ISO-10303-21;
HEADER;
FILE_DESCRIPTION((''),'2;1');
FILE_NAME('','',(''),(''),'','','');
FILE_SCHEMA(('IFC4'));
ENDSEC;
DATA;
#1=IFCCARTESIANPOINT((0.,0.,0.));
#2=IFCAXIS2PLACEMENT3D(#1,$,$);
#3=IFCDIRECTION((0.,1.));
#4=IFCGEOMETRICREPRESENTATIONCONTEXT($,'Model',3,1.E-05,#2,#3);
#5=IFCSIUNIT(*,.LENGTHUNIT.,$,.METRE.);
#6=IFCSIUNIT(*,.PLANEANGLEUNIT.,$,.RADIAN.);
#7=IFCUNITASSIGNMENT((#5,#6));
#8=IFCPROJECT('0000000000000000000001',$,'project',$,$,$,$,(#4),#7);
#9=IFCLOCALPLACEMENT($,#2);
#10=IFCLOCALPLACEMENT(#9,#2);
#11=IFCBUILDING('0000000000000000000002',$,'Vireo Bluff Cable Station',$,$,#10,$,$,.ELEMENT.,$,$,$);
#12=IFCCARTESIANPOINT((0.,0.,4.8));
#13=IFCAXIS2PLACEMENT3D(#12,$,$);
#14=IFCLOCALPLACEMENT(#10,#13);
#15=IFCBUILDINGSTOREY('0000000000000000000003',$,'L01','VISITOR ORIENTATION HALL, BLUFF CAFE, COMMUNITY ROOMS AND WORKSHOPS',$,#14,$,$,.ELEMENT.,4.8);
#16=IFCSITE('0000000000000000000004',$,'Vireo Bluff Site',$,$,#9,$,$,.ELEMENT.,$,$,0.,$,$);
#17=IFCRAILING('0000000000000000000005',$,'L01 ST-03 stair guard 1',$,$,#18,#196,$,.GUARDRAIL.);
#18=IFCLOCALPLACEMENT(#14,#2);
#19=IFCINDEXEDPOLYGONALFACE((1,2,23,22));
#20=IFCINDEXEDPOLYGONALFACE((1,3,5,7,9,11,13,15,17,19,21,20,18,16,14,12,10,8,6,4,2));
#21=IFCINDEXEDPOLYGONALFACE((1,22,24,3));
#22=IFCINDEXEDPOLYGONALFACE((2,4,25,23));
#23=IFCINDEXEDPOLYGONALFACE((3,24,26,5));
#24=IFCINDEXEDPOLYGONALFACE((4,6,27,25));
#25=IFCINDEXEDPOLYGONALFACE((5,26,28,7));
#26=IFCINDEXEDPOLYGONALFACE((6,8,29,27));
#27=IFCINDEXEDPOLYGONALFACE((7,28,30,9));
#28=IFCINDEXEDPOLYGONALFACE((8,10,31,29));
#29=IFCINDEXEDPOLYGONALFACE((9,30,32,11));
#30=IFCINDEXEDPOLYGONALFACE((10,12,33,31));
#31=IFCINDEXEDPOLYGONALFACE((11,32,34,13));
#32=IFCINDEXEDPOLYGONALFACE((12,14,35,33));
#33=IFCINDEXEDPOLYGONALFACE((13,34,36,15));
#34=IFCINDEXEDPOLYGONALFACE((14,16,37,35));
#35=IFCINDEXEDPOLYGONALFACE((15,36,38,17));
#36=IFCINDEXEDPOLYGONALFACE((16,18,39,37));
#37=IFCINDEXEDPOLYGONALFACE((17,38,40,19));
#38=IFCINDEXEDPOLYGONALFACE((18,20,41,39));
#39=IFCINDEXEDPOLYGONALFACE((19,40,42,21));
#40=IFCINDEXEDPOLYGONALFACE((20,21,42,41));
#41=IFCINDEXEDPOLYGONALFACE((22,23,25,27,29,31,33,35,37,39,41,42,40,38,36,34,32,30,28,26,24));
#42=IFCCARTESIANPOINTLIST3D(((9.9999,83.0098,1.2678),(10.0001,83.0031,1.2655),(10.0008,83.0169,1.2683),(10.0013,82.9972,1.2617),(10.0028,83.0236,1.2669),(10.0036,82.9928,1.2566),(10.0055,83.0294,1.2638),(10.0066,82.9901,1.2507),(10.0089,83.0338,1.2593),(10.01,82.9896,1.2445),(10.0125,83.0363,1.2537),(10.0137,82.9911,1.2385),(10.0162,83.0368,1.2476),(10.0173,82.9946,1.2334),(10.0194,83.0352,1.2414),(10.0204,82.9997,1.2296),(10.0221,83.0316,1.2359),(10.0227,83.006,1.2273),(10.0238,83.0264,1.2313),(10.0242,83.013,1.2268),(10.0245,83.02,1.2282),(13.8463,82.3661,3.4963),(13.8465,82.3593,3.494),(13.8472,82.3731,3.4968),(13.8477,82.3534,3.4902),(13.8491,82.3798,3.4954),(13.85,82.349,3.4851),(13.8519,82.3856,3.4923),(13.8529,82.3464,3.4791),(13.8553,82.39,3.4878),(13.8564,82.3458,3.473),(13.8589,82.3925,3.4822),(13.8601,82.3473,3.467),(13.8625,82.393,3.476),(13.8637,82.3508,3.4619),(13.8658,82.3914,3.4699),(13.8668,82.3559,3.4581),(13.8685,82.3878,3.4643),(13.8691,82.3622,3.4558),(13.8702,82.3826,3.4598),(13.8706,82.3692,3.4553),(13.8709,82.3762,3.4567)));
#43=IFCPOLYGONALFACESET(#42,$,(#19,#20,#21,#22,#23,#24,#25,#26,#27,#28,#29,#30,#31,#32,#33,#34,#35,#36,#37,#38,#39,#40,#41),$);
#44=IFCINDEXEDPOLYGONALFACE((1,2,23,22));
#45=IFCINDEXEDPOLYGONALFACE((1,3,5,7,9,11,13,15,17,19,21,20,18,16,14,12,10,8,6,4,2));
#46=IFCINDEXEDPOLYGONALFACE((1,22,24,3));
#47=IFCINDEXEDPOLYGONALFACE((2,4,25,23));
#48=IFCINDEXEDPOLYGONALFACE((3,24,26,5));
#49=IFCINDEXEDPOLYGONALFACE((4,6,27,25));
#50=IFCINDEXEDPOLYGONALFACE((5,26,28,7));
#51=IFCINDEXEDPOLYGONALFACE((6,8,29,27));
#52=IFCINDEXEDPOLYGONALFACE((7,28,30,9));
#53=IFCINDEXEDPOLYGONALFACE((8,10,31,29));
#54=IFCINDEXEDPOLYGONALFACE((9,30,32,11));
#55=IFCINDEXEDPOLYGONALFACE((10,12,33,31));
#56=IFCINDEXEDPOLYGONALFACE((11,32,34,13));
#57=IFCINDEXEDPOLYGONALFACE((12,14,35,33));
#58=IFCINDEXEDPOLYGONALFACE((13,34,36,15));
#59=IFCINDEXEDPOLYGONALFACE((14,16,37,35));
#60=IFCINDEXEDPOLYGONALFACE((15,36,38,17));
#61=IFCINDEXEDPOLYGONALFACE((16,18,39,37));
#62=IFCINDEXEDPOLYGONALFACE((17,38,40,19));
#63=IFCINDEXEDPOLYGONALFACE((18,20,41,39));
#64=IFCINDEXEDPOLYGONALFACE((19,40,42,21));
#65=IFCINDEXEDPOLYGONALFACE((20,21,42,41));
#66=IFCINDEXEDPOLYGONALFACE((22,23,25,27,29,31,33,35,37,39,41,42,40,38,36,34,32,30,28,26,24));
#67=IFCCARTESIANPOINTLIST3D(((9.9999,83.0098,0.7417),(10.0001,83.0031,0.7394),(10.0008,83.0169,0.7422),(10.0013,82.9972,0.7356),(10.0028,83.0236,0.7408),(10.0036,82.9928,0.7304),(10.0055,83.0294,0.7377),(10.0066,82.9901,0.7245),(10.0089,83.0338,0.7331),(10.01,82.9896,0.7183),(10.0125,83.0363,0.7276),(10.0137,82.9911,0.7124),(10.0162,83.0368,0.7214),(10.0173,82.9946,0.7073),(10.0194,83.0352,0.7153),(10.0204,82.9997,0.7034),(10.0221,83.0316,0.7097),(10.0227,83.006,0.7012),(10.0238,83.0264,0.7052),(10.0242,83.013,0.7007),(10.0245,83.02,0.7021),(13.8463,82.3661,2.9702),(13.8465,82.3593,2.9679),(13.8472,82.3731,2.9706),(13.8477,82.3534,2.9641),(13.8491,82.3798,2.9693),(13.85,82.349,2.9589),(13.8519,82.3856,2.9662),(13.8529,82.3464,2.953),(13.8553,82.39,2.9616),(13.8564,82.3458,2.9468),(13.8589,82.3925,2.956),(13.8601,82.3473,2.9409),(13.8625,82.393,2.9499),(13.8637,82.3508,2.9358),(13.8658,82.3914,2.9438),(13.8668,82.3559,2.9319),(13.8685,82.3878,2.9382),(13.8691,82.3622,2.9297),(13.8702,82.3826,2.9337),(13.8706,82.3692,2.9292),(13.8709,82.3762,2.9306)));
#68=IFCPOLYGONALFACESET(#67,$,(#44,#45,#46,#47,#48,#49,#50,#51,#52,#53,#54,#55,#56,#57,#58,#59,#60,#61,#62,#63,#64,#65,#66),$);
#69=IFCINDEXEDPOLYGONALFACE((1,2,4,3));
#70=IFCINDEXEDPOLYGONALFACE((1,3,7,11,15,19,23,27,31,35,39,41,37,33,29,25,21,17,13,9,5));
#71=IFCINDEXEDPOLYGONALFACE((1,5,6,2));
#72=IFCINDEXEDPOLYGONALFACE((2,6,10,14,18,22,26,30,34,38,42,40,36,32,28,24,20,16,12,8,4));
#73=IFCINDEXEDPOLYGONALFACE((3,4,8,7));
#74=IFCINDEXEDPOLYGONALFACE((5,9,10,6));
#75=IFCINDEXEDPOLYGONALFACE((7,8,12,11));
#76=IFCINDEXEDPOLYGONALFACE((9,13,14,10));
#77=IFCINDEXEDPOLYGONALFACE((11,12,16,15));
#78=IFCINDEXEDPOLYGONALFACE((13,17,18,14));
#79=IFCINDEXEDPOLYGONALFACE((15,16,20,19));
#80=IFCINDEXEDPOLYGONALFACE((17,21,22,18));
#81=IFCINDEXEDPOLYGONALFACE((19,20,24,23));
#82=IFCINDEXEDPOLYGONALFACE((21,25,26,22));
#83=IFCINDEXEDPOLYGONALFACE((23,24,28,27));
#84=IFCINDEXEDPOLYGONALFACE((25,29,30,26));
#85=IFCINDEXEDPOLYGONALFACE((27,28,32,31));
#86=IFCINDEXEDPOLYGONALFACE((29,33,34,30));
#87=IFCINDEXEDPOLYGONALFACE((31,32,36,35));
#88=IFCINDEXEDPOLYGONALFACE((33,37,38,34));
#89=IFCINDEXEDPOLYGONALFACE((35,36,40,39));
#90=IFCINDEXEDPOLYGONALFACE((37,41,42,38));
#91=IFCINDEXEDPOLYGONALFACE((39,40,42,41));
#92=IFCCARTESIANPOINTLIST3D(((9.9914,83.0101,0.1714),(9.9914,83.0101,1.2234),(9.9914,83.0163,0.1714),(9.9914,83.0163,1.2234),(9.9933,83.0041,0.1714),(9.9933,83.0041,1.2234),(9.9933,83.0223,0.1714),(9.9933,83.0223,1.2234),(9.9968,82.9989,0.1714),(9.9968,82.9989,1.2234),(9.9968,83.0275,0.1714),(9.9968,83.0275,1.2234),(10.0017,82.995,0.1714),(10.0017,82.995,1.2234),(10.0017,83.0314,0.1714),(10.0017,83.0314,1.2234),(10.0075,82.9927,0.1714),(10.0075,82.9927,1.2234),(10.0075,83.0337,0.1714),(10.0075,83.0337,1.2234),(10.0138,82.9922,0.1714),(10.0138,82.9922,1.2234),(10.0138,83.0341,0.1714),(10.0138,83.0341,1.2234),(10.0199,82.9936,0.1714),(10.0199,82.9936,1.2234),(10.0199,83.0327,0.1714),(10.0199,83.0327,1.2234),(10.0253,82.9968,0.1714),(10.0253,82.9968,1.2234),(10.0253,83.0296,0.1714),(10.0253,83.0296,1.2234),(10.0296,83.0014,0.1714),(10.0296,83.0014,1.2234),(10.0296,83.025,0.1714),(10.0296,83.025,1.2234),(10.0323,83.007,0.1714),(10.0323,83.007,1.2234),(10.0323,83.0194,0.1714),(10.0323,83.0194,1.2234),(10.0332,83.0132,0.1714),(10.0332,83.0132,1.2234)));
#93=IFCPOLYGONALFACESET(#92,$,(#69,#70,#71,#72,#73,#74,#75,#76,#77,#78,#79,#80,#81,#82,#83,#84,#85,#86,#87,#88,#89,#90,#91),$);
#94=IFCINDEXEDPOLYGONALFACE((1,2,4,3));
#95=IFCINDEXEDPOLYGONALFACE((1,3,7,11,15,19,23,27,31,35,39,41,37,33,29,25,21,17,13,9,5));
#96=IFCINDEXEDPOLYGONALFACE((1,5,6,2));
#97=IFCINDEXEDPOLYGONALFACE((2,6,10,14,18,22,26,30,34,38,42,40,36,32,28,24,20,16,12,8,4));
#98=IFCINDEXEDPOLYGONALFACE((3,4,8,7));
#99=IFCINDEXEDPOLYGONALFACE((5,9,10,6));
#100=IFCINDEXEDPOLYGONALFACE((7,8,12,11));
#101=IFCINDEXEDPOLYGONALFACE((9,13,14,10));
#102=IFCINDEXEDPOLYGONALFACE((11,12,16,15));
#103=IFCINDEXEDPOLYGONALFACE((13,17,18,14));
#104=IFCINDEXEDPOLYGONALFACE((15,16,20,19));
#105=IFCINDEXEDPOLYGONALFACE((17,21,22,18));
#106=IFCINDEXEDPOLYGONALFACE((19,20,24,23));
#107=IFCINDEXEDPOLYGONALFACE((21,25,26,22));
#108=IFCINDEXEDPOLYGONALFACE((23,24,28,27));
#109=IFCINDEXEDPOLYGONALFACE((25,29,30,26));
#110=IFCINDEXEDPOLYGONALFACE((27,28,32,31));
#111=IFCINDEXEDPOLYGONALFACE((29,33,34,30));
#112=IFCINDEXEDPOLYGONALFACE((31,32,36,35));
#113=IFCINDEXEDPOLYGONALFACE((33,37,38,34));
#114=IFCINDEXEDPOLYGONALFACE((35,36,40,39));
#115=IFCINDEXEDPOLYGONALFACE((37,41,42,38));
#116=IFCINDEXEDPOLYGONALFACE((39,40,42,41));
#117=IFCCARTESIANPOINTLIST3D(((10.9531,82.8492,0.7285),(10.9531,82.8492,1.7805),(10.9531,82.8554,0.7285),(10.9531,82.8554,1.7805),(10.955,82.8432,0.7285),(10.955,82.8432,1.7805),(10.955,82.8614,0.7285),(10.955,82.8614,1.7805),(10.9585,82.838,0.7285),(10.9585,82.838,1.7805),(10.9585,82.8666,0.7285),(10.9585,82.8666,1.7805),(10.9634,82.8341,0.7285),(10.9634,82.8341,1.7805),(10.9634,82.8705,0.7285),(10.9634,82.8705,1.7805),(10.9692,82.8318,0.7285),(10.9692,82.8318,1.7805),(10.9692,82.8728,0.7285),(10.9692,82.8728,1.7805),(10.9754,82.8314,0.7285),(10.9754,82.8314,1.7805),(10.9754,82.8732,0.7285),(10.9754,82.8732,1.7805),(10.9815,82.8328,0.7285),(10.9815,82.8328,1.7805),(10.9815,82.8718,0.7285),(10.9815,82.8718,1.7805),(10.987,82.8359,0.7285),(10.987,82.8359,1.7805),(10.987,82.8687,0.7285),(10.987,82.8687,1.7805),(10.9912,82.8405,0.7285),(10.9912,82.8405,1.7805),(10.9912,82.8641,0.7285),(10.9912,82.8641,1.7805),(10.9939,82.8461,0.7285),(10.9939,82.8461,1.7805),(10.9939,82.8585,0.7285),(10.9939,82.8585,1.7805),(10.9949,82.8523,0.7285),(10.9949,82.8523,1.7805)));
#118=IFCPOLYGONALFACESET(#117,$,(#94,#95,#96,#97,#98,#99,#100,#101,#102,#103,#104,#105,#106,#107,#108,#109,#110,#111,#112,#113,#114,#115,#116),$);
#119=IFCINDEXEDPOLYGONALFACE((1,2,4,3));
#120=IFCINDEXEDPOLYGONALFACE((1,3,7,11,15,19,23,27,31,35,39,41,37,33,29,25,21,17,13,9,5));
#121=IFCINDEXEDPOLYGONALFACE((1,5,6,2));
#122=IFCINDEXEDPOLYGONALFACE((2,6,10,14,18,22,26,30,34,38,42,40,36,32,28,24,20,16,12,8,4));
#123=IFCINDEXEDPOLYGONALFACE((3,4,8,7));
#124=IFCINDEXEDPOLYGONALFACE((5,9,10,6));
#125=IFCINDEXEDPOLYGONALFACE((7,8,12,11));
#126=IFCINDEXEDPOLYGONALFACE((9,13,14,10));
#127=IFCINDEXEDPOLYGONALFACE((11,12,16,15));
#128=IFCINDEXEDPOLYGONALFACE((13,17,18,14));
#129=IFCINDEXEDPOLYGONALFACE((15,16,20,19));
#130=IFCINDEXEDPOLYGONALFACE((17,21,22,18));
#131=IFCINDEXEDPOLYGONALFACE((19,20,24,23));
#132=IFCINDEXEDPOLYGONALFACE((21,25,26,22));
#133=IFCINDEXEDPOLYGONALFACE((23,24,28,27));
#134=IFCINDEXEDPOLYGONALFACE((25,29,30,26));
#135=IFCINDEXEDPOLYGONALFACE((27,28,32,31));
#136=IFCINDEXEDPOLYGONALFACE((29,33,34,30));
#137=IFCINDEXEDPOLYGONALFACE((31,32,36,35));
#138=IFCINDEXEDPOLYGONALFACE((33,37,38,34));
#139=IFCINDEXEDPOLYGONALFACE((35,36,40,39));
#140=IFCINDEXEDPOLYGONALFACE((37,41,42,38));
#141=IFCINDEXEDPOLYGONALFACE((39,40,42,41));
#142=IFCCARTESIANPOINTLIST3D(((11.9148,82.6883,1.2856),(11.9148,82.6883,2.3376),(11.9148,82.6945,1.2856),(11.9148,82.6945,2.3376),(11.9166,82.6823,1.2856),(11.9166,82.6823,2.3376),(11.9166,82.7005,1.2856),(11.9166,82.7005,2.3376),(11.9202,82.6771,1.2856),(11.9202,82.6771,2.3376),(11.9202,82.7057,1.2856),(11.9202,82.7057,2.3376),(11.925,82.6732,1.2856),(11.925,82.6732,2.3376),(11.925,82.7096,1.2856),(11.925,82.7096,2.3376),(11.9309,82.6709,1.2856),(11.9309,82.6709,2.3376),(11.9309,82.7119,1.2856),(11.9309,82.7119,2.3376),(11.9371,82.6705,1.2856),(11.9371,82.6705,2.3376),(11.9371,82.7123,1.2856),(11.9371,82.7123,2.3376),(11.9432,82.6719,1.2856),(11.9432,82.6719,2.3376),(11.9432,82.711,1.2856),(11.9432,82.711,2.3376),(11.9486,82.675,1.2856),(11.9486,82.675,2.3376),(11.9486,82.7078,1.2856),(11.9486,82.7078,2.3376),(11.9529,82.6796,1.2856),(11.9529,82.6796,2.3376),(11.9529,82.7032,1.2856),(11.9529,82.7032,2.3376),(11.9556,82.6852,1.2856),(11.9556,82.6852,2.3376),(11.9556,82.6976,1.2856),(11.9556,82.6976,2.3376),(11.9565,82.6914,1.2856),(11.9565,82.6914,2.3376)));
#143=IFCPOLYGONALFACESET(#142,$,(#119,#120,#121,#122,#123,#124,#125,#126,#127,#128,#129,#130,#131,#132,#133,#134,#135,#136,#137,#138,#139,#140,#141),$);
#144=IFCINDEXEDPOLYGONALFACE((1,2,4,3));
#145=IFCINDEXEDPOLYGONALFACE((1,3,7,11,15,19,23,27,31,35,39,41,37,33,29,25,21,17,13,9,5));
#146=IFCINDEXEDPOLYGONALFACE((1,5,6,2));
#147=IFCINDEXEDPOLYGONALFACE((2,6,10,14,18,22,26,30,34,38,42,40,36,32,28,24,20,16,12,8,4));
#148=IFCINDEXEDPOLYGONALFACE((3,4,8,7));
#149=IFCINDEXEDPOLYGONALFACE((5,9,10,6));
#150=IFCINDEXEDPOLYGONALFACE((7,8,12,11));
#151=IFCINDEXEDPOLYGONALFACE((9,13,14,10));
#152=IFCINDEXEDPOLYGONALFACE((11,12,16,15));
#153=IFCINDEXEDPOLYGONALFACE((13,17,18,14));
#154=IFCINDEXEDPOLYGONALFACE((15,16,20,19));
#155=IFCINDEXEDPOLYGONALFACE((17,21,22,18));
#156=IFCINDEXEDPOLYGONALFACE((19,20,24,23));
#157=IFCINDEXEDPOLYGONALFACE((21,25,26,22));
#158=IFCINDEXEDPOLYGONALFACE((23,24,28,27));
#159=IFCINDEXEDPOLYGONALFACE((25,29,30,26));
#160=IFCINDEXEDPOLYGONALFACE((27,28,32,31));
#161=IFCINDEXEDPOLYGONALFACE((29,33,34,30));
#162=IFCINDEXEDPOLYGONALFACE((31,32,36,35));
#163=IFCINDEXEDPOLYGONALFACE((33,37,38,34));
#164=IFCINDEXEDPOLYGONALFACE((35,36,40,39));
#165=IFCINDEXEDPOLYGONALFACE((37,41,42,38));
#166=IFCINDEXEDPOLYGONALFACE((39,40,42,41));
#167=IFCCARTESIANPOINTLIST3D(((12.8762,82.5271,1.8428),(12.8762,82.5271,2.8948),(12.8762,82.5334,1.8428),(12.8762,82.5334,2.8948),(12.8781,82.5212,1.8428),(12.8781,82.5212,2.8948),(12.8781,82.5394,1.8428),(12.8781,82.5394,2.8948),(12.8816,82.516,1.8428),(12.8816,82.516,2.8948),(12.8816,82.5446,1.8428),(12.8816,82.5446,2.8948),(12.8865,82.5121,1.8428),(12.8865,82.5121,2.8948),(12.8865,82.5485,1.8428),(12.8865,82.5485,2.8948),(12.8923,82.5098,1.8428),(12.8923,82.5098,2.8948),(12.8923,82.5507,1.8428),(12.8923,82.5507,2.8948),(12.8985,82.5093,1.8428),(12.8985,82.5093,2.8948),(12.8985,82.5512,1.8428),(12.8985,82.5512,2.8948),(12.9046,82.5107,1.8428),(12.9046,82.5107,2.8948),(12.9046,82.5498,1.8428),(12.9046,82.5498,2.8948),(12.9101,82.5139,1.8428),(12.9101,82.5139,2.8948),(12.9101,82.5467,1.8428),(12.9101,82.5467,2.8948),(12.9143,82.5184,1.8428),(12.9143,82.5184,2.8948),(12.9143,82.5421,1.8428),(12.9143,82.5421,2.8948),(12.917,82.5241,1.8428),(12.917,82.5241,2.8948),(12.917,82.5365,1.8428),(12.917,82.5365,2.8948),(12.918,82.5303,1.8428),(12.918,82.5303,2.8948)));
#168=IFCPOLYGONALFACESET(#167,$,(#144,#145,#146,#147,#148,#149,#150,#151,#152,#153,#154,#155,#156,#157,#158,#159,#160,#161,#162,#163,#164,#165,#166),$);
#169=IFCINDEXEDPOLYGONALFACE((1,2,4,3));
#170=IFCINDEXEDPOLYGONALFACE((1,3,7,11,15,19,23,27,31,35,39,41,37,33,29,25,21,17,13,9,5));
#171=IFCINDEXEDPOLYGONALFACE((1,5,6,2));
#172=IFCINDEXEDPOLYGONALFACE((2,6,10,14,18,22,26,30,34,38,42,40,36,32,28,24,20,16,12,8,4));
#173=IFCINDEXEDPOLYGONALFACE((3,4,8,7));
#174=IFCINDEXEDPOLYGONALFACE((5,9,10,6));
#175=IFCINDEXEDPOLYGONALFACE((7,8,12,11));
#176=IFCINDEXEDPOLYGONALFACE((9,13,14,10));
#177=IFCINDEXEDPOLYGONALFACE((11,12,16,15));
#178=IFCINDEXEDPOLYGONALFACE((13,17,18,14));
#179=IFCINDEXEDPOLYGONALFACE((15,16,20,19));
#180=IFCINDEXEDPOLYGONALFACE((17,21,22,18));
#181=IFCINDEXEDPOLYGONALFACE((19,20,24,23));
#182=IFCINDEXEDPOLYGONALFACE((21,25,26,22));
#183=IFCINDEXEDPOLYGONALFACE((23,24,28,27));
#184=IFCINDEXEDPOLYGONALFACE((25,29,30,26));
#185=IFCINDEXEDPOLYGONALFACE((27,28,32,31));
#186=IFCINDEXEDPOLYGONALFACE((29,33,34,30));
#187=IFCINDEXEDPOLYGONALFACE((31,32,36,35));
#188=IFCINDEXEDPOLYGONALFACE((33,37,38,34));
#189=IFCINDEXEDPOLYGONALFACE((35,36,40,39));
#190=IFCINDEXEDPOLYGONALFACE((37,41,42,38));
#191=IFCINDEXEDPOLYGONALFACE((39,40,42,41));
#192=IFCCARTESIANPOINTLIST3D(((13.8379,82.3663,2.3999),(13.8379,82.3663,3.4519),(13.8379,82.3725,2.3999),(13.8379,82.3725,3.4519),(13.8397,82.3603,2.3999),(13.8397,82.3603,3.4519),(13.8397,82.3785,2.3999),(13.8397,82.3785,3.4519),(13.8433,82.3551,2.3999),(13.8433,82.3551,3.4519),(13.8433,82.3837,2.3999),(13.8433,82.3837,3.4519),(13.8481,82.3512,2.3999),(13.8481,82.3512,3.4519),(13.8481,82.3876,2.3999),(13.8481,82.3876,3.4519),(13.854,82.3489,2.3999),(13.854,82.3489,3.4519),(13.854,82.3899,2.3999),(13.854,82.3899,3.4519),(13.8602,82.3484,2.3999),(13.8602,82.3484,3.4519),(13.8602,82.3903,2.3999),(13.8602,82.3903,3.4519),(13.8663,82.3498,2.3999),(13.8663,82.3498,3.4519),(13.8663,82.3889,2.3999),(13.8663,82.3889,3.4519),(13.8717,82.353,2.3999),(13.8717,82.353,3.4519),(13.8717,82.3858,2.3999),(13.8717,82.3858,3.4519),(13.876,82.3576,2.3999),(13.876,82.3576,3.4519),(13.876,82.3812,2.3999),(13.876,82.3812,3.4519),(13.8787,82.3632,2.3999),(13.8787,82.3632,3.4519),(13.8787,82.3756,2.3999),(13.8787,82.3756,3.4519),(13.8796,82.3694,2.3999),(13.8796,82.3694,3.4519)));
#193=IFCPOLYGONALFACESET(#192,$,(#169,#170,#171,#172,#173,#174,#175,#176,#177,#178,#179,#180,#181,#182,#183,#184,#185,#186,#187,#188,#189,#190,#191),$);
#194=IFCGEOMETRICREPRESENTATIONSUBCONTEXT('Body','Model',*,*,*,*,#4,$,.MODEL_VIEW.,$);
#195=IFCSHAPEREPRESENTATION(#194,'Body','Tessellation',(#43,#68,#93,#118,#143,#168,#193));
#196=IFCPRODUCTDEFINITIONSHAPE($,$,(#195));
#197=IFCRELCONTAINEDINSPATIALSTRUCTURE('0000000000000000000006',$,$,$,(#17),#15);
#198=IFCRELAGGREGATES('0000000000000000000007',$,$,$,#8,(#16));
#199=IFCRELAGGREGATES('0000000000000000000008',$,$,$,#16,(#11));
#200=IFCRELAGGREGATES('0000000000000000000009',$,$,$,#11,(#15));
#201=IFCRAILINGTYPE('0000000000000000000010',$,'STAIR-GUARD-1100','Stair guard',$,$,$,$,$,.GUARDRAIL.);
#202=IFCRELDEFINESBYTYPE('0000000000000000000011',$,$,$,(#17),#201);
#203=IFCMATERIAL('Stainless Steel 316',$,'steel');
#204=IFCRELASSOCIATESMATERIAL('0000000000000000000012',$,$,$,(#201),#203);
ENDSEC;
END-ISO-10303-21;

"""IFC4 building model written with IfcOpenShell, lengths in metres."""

from ifc_helpers import new_model, si_unit, direction, frame, origin, origin_2d, place, context, subcontext, project, spatial, circle, extrude, material, type_object, element, save


model = new_model("IFC4")

# Units and contexts
model_context = context("Model", 3, precision=1e-05, world=origin(), true_north=direction((0.0, 1.0)))
body_context = subcontext(model_context, "Body", "Model", "MODEL_VIEW")
ifc_project = project(units=[si_unit("LENGTHUNIT", "METRE"), si_unit("PLANEANGLEUNIT", "RADIAN")], contexts=[model_context])

# Site, building, storey
site_placement = place(None, origin())
site = spatial("IfcSite", under=ifc_project, at=site_placement, Name="Vireo Bluff Site", CompositionType="ELEMENT", RefElevation=0.0)
building_placement = place(site_placement, origin())
building = spatial("IfcBuilding", under=site, at=building_placement, Name="Vireo Bluff Cable Station", CompositionType="ELEMENT")
storey_placement = place(building_placement, frame((0.0, 0.0, 4.8)))
storey = spatial("IfcBuildingStorey", under=building, at=storey_placement, Name="L01", Description="VISITOR ORIENTATION HALL, BLUFF CAFE, COMMUNITY ROOMS AND WORKSHOPS", CompositionType="ELEMENT", Elevation=4.8)

# Shared definitions
ifc_material_1 = material(Name="Stainless Steel 316", Category="steel")

# Railing
railing_type_1 = type_object("IfcRailingType", Name="STAIR-GUARD-1100", Description="Stair guard", PredefinedType="GUARDRAIL", material=ifc_material_1)
railing_1_placement = place(storey_placement, frame((10.0122, 83.0132, 0.1714)))
element("IfcRailing", 1, at=railing_1_placement, inside=storey, type_object=railing_type_1, Name="L01 ST-03 stair guard 1", PredefinedType="GUARDRAIL", context=body_context, shape_type="SweptSolid", body=[
    extrude(circle(Radius=0.0239, at=origin_2d()), frame((0.0, 0.0, 1.0762), z_axis=(0.856333, -0.143329, 0.496135), x_axis=(0.165079, 0.98628, 0.0)), (0.0, 0.0, 1.0), 4.4917),
    extrude(circle(Radius=0.0239, at=origin_2d()), frame((0.0, 0.0, 0.55), z_axis=(0.856333, -0.143329, 0.496135), x_axis=(0.165079, 0.98628, 0.0)), (0.0, 0.0, 1.0), 4.4917),
    extrude(circle(Radius=0.021, at=origin_2d()), origin(), (0.0, 0.0, 1.0), 1.052),
    extrude(circle(Radius=0.021, at=origin_2d()), frame((0.9617, -0.1609, 0.5571)), (0.0, 0.0, 1.0), 1.052),
    extrude(circle(Radius=0.021, at=origin_2d()), frame((1.9233, -0.3218, 1.1143)), (0.0, 0.0, 1.0), 1.052),
    extrude(circle(Radius=0.021, at=origin_2d()), frame((2.8848, -0.4829, 1.6714)), (0.0, 0.0, 1.0), 1.052),
    extrude(circle(Radius=0.021, at=origin_2d()), frame((3.8464, -0.6438, 2.2285)), (0.0, 0.0, 1.0), 1.052),
])

save(model, "model.ifc")
